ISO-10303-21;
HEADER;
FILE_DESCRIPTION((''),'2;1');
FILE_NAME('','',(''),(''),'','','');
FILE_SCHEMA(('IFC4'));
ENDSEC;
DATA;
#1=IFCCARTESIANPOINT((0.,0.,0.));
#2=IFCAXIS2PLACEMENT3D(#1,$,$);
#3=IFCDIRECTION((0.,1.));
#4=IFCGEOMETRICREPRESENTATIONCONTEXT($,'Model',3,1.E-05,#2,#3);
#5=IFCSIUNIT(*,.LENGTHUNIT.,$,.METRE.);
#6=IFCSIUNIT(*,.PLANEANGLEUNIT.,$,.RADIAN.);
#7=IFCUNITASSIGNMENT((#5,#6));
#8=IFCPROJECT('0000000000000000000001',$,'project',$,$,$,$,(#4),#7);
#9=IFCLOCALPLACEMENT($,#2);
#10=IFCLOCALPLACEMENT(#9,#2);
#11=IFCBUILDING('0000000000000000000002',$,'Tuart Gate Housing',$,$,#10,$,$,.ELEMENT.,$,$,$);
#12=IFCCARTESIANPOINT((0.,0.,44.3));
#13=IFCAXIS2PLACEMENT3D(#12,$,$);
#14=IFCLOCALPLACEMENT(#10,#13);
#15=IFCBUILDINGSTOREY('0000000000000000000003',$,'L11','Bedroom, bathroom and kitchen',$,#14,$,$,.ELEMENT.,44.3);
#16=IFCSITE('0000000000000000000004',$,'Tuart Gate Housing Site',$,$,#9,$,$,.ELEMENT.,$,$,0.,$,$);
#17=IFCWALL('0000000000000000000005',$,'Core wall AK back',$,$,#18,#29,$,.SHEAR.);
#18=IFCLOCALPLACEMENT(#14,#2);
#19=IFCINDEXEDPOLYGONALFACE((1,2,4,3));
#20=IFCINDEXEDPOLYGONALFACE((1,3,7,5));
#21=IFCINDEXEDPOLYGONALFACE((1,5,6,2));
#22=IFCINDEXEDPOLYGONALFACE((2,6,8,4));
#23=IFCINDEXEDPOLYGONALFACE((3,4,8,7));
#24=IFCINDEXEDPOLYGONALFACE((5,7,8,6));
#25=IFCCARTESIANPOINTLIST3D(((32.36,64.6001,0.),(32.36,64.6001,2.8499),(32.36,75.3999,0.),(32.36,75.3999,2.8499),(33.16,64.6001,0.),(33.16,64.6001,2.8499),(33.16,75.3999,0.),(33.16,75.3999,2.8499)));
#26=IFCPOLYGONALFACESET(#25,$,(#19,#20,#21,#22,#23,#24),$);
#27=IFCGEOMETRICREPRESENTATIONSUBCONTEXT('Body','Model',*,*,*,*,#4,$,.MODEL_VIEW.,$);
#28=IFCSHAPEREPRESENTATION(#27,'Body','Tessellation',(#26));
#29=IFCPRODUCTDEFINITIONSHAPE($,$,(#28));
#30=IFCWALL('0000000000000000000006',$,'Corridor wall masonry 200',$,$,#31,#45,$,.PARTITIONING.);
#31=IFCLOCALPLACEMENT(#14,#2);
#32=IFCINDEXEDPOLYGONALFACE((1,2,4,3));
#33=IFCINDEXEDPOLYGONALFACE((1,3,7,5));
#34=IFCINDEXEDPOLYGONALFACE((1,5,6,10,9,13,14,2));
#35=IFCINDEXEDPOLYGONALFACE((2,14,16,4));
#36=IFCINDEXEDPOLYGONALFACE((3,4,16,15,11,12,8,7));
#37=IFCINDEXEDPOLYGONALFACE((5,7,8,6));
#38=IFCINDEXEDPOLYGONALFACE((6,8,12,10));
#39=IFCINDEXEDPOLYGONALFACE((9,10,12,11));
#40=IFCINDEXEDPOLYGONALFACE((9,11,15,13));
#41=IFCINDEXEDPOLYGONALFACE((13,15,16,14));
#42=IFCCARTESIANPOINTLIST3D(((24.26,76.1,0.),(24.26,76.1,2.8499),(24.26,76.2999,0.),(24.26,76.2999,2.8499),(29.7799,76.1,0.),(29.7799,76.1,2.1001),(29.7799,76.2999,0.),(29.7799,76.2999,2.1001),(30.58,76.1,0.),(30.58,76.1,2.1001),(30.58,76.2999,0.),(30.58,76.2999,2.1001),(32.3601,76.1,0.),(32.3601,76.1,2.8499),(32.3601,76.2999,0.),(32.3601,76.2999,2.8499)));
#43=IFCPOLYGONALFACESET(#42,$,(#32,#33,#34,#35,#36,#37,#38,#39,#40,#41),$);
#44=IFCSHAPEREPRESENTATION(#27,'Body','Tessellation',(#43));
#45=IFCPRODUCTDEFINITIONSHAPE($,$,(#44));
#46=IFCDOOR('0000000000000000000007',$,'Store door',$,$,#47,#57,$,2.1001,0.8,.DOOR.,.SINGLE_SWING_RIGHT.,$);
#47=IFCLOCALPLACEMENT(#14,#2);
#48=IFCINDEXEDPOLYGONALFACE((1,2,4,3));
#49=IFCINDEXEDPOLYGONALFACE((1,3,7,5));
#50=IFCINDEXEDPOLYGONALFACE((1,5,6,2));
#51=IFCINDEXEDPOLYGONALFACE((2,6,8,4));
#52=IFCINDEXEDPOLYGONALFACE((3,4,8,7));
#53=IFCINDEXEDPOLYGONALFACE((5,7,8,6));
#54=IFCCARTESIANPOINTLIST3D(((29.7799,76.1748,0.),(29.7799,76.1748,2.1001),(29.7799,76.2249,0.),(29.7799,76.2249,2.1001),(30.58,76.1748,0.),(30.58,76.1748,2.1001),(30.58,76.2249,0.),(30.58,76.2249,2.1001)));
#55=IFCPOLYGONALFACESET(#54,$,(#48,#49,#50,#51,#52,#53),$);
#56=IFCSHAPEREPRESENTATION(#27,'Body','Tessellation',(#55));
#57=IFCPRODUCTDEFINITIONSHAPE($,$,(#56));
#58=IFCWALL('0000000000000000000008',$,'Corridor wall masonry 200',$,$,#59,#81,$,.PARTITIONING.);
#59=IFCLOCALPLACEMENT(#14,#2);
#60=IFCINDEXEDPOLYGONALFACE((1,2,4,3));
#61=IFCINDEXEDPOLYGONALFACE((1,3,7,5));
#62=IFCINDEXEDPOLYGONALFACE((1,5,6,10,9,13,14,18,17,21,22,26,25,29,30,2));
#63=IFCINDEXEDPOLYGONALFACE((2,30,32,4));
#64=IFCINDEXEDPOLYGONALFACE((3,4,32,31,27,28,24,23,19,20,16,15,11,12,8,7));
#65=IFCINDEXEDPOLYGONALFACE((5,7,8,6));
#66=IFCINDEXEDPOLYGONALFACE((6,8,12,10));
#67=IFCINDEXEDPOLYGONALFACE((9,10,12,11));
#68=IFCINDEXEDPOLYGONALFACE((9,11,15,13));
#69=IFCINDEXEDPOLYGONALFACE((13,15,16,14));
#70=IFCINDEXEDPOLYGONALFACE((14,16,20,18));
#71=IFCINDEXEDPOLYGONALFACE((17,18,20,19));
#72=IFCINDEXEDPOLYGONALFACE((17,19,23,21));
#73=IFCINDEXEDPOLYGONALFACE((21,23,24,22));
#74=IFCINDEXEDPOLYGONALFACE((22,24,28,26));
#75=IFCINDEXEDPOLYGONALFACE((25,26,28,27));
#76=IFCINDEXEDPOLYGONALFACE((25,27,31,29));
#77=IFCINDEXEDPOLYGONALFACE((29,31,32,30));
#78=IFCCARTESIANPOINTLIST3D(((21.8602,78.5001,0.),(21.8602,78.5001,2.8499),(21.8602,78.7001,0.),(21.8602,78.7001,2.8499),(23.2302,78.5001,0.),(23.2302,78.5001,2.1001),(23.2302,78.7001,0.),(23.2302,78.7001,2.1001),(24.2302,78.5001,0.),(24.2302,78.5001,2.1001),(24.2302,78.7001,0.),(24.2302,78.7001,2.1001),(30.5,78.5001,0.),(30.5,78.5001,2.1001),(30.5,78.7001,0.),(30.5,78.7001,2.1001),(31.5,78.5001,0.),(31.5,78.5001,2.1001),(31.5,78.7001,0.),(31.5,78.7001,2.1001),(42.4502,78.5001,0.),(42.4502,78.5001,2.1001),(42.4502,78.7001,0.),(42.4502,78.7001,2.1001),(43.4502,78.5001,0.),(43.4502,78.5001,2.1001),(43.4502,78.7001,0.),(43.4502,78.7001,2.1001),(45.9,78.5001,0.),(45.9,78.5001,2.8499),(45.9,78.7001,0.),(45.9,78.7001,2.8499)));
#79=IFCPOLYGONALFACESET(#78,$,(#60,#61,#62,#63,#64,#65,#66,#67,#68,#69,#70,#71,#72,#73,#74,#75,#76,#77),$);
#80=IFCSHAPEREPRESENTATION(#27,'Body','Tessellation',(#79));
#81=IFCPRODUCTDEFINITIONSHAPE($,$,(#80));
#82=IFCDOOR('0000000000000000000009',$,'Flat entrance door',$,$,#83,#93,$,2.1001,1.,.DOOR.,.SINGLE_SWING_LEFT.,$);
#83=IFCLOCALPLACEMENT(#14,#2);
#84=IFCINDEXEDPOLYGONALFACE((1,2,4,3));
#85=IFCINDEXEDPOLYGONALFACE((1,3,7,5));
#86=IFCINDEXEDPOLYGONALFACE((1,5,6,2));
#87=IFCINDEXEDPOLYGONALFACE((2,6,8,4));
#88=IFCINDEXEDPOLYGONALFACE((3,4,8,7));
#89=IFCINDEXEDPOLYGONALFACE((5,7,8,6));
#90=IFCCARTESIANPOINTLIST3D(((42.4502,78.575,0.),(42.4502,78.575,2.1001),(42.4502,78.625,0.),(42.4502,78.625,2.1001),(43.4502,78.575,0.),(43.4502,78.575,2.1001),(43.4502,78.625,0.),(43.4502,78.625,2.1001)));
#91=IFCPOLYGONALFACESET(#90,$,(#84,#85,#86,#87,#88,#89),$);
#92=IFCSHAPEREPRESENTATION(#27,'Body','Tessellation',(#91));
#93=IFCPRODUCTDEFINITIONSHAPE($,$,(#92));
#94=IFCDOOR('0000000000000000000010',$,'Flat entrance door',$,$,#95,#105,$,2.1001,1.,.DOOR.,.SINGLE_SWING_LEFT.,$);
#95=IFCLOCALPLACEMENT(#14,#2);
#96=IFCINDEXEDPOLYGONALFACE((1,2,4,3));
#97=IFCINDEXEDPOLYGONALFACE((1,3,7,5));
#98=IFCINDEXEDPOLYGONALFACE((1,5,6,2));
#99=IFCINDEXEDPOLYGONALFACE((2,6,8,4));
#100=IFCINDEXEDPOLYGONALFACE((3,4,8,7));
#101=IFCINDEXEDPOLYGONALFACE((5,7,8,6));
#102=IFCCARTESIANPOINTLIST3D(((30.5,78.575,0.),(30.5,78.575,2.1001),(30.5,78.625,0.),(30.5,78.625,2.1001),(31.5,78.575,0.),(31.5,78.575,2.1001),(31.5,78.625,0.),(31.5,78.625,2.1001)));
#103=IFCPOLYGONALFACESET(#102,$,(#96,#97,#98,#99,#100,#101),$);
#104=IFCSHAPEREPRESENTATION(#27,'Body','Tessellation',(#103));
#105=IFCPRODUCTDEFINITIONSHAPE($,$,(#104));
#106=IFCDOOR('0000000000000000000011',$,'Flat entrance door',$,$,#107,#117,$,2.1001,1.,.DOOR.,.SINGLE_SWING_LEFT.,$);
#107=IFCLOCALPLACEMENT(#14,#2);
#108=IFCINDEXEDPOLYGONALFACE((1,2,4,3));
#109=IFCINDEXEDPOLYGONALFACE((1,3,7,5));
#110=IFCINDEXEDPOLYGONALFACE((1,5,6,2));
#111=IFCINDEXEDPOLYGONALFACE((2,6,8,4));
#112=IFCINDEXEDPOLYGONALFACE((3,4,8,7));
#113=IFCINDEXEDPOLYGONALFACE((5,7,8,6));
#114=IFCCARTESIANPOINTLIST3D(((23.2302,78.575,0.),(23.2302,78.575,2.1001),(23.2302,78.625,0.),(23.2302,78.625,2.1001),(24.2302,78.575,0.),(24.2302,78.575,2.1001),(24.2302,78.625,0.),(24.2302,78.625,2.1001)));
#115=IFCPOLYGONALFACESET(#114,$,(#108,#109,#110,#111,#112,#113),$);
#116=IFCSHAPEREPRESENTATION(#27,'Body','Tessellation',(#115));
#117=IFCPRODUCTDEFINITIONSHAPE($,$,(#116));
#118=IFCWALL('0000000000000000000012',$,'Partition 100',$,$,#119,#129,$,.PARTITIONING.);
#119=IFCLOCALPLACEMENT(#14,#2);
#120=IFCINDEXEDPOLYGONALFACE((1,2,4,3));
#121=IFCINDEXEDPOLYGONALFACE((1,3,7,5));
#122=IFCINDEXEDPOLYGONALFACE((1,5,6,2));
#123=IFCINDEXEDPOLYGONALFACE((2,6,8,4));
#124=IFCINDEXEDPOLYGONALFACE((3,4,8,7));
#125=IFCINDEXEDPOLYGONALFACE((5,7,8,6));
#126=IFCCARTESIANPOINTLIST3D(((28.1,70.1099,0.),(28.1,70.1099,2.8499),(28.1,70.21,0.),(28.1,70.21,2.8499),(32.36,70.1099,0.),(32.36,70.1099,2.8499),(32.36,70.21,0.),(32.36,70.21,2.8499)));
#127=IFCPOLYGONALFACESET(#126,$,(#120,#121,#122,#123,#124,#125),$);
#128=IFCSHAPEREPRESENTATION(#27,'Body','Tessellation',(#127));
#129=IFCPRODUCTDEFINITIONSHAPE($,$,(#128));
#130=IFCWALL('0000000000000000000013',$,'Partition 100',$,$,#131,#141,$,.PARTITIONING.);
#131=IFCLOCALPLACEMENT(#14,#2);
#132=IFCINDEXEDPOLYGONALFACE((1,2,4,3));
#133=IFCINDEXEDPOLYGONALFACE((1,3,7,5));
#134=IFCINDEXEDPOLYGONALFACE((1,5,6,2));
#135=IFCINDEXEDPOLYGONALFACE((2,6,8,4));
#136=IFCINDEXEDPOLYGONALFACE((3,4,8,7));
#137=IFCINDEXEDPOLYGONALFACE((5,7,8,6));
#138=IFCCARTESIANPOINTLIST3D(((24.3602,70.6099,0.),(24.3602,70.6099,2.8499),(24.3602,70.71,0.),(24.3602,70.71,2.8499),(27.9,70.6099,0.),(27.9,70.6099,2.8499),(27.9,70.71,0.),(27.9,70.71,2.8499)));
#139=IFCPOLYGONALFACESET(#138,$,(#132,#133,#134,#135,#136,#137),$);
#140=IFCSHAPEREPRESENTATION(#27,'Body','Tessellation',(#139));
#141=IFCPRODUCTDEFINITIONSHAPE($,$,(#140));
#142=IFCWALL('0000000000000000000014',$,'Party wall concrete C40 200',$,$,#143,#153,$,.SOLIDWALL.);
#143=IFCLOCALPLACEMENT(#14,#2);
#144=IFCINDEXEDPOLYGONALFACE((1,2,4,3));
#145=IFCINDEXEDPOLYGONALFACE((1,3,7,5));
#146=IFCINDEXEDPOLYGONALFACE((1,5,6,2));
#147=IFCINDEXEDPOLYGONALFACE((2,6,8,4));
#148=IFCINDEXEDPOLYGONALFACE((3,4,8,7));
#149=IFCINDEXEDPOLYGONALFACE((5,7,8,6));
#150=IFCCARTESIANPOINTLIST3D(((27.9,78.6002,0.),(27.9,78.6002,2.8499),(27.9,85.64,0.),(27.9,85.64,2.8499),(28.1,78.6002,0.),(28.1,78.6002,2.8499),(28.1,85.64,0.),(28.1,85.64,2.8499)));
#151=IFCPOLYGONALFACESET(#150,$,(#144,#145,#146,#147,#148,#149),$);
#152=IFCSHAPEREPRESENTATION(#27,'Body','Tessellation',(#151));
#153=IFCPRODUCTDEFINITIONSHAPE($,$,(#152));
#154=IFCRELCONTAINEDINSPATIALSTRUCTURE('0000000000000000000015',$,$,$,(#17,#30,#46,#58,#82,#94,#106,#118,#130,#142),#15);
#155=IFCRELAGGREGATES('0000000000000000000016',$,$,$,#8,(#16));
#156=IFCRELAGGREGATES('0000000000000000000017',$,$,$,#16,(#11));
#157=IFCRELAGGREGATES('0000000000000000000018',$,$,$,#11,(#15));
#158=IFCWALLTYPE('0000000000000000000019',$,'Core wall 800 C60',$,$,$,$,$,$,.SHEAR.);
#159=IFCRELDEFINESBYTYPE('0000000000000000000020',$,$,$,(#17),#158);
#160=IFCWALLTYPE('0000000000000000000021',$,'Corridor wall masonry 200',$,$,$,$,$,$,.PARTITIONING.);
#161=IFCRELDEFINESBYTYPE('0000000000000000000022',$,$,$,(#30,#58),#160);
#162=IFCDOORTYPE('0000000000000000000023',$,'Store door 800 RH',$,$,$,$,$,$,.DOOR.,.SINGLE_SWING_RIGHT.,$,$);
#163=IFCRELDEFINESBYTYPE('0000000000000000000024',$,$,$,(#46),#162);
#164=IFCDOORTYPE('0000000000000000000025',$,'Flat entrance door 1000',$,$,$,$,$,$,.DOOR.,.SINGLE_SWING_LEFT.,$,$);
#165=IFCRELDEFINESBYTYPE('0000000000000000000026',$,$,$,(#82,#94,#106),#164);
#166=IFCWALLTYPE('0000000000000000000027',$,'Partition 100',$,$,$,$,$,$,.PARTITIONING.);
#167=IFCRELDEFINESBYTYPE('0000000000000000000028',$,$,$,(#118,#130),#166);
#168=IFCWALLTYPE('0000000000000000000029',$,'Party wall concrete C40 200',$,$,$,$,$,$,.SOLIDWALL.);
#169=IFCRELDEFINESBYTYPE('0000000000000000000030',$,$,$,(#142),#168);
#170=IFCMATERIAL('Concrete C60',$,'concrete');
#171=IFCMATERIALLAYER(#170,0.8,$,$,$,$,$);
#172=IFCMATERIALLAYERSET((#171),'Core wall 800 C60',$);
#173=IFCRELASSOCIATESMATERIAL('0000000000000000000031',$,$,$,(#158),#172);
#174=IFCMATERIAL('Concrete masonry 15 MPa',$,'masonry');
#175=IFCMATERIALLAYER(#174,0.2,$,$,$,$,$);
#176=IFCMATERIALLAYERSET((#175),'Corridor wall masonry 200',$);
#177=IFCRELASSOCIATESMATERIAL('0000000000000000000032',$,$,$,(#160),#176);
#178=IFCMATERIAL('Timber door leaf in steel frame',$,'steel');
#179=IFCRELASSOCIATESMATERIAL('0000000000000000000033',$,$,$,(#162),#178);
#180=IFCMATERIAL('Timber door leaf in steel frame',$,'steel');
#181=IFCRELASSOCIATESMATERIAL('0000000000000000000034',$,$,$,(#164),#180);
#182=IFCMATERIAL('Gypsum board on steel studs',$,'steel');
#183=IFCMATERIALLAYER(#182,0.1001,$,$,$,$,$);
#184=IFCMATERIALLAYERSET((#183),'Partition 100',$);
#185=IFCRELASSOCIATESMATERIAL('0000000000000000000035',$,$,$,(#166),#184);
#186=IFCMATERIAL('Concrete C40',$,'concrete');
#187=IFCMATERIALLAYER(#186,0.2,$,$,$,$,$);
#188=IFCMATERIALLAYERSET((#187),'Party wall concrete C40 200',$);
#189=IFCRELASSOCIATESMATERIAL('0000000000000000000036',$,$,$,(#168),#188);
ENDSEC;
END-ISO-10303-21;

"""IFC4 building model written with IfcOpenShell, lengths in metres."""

from ifc_helpers import new_model, si_unit, direction, frame, frame_2d, origin, place, context, subcontext, project, spatial, rectangle, extrude, material, layer, layer_set, type_object, element, fill, save


model = new_model("IFC4")

# Units and contexts
model_context = context("Model", 3, precision=1e-05, world=origin(), true_north=direction((0.0, 1.0)))
body_context = subcontext(model_context, "Body", "Model", "MODEL_VIEW")
ifc_project = project(units=[si_unit("LENGTHUNIT", "METRE"), si_unit("PLANEANGLEUNIT", "RADIAN")], contexts=[model_context])

# Site, building, storey
site_placement = place(None, origin())
site = spatial("IfcSite", under=ifc_project, at=site_placement, Name="Tuart Gate Housing Site", CompositionType="ELEMENT", RefElevation=0.0)
building_placement = place(site_placement, origin())
building = spatial("IfcBuilding", under=site, at=building_placement, Name="Tuart Gate Housing", CompositionType="ELEMENT")
storey_placement = place(building_placement, frame((0.0, 0.0, 44.3)))
storey = spatial("IfcBuildingStorey", under=building, at=storey_placement, Name="L11", Description="Bedroom, bathroom and kitchen", CompositionType="ELEMENT", Elevation=44.3)

# Wall
ifc_material_1 = material(Name="Concrete C60", Category="concrete")
ifc_layer_1 = layer(ifc_material_1, 0.8)
ifc_layer_set_1 = layer_set([ifc_layer_1], Name="Core wall 800 C60")
wall_type_1 = type_object("IfcWallType", Name="Core wall 800 C60", PredefinedType="SHEAR", material=ifc_layer_set_1)
wall_1_placement = place(storey_placement, frame((32.76, 75.3999, 0.0), z_axis=(0.0, 0.0, 1.0), x_axis=(0.0, -1.0, 0.0)))
element("IfcWall", 1, at=wall_1_placement, inside=storey, type_object=wall_type_1, Name="Core wall AK back", PredefinedType="SHEAR", context=body_context, shape_type="SweptSolid", body=[
    extrude(rectangle(XDim=10.7998, YDim=0.8, at=frame_2d((5.3999, 0.0))), origin(), (0.0, 0.0, 1.0), 2.8499),
])

# Wall, opening, door
ifc_material_2 = material(Name="Concrete masonry 15 MPa", Category="masonry")
ifc_layer_2 = layer(ifc_material_2, 0.2)
ifc_layer_set_2 = layer_set([ifc_layer_2], Name="Corridor wall masonry 200")
wall_type_2 = type_object("IfcWallType", Name="Corridor wall masonry 200", PredefinedType="PARTITIONING", material=ifc_layer_set_2)
wall_2_placement = place(storey_placement, frame((24.26, 76.2, 0.0), z_axis=(0.0, 0.0, 1.0), x_axis=(1.0, 0.0, 0.0)))
wall_2 = element("IfcWall", 2, at=wall_2_placement, inside=storey, type_object=wall_type_2, Name="Corridor wall masonry 200", PredefinedType="PARTITIONING", context=body_context, shape_type="SweptSolid", body=[
    extrude(rectangle(XDim=8.1001, YDim=0.2, at=frame_2d((4.05, 0.0))), origin(), (0.0, 0.0, 1.0), 2.8499),
])
opening_1_placement = place(wall_2_placement, frame((5.52, 0.0, 0.0)))
opening_1 = element("IfcOpeningElement", 3, at=opening_1_placement, cuts=wall_2, PredefinedType="OPENING", context=body_context, shape_type="SweptSolid", body=[
    extrude(rectangle(XDim=0.8, YDim=2.1001, at=frame_2d((0.3999, 1.05))), frame((0.0, 0.1099, 0.0), z_axis=(0.0, -1.0, 0.0), x_axis=(1.0, 0.0, 0.0)), (0.0, 0.0, 1.0), 0.22),
])
ifc_material_3 = material(Name="Timber door leaf in steel frame", Category="steel")
door_type_1 = type_object("IfcDoorType", Name="Store door 800 RH", OperationType="SINGLE_SWING_RIGHT", PredefinedType="DOOR", material=ifc_material_3)
door_1_placement = place(opening_1_placement, frame((0.8, 0.0, 0.0), z_axis=(0.0, 0.0, 1.0), x_axis=(-1.0, 0.0, 0.0)))
door_1 = element("IfcDoor", 4, at=door_1_placement, inside=storey, type_object=door_type_1, Name="Store door", OperationType="SINGLE_SWING_RIGHT", OverallHeight=2.1001, OverallWidth=0.8, PredefinedType="DOOR", context=body_context, shape_type="SweptSolid", body=[
    extrude(rectangle(XDim=0.8, YDim=2.1001, at=frame_2d((0.4001, 1.05))), frame((0.0, 0.0251, 0.0), z_axis=(0.0, -1.0, 0.0), x_axis=(1.0, 0.0, 0.0)), (0.0, 0.0, 1.0), 0.05),
])
fill(opening_1, door_1)

# Wall, openings, doors
wall_3_placement = place(storey_placement, frame((21.8601, 78.6001, 0.0), z_axis=(0.0, 0.0, 1.0), x_axis=(1.0, 0.0, 0.0)))
wall_3 = element("IfcWall", 5, at=wall_3_placement, inside=storey, type_object=wall_type_2, Name="Corridor wall masonry 200", PredefinedType="PARTITIONING", context=body_context, shape_type="SweptSolid", body=[
    extrude(rectangle(XDim=24.0398, YDim=0.2, at=frame_2d((12.02, 0.0))), origin(), (0.0, 0.0, 1.0), 2.8499),
])
opening_2_placement = place(wall_3_placement, frame((20.5901, 0.0, 0.0)))
opening_2 = element("IfcOpeningElement", 6, at=opening_2_placement, cuts=wall_3, PredefinedType="OPENING", context=body_context, shape_type="SweptSolid", body=[
    extrude(rectangle(XDim=1.0, YDim=2.1001, at=frame_2d((0.5, 1.05))), frame((0.0, 0.1099, 0.0), z_axis=(0.0, -1.0, 0.0), x_axis=(1.0, 0.0, 0.0)), (0.0, 0.0, 1.0), 0.22),
])
opening_3_placement = place(wall_3_placement, frame((8.6399, 0.0, 0.0)))
opening_3 = element("IfcOpeningElement", 7, at=opening_3_placement, cuts=wall_3, PredefinedType="OPENING", context=body_context, shape_type="SweptSolid", body=[
    extrude(rectangle(XDim=1.0, YDim=2.1001, at=frame_2d((0.5, 1.05))), frame((0.0, 0.1099, 0.0), z_axis=(0.0, -1.0, 0.0), x_axis=(1.0, 0.0, 0.0)), (0.0, 0.0, 1.0), 0.22),
])
opening_4_placement = place(wall_3_placement, frame((1.3701, 0.0, 0.0)))
opening_4 = element("IfcOpeningElement", 8, at=opening_4_placement, cuts=wall_3, PredefinedType="OPENING", context=body_context, shape_type="SweptSolid", body=[
    extrude(rectangle(XDim=1.0, YDim=2.1001, at=frame_2d((0.5, 1.05))), frame((0.0, 0.1099, 0.0), z_axis=(0.0, -1.0, 0.0), x_axis=(1.0, 0.0, 0.0)), (0.0, 0.0, 1.0), 0.22),
])
ifc_material_4 = material(Name="Timber door leaf in steel frame", Category="steel")
door_type_2 = type_object("IfcDoorType", Name="Flat entrance door 1000", OperationType="SINGLE_SWING_LEFT", PredefinedType="DOOR", material=ifc_material_4)
door_2_placement = place(opening_2_placement, origin())
door_2 = element("IfcDoor", 9, at=door_2_placement, inside=storey, type_object=door_type_2, Name="Flat entrance door", OperationType="SINGLE_SWING_LEFT", OverallHeight=2.1001, OverallWidth=1.0, PredefinedType="DOOR", context=body_context, shape_type="SweptSolid", body=[
    extrude(rectangle(XDim=1.0, YDim=2.1001, at=frame_2d((0.5, 1.05))), frame((0.0, 0.0249, 0.0), z_axis=(0.0, -1.0, 0.0), x_axis=(1.0, 0.0, 0.0)), (0.0, 0.0, 1.0), 0.05),
])
fill(opening_2, door_2)
door_3_placement = place(opening_3_placement, origin())
door_3 = element("IfcDoor", 10, at=door_3_placement, inside=storey, type_object=door_type_2, Name="Flat entrance door", OperationType="SINGLE_SWING_LEFT", OverallHeight=2.1001, OverallWidth=1.0, PredefinedType="DOOR", context=body_context, shape_type="SweptSolid", body=[
    extrude(rectangle(XDim=1.0, YDim=2.1001, at=frame_2d((0.5, 1.05))), frame((0.0, 0.0249, 0.0), z_axis=(0.0, -1.0, 0.0), x_axis=(1.0, 0.0, 0.0)), (0.0, 0.0, 1.0), 0.05),
])
fill(opening_3, door_3)
door_4_placement = place(opening_4_placement, origin())
door_4 = element("IfcDoor", 11, at=door_4_placement, inside=storey, type_object=door_type_2, Name="Flat entrance door", OperationType="SINGLE_SWING_LEFT", OverallHeight=2.1001, OverallWidth=1.0, PredefinedType="DOOR", context=body_context, shape_type="SweptSolid", body=[
    extrude(rectangle(XDim=1.0, YDim=2.1001, at=frame_2d((0.5, 1.05))), frame((0.0, 0.0249, 0.0), z_axis=(0.0, -1.0, 0.0), x_axis=(1.0, 0.0, 0.0)), (0.0, 0.0, 1.0), 0.05),
])
fill(opening_4, door_4)

# Walls
ifc_material_5 = material(Name="Gypsum board on steel studs", Category="steel")
ifc_layer_3 = layer(ifc_material_5, 0.1001)
ifc_layer_set_3 = layer_set([ifc_layer_3], Name="Partition 100")
wall_type_3 = type_object("IfcWallType", Name="Partition 100", PredefinedType="PARTITIONING", material=ifc_layer_set_3)
wall_4_placement = place(storey_placement, frame((28.1001, 70.1599, 0.0), z_axis=(0.0, 0.0, 1.0), x_axis=(1.0, 0.0, 0.0)))
element("IfcWall", 12, at=wall_4_placement, inside=storey, type_object=wall_type_3, Name="Partition 100", PredefinedType="PARTITIONING", context=body_context, shape_type="SweptSolid", body=[
    extrude(rectangle(XDim=4.26, YDim=0.1001, at=frame_2d((2.1299, 0.0))), origin(), (0.0, 0.0, 1.0), 2.8499),
])
wall_5_placement = place(storey_placement, frame((24.3601, 70.6599, 0.0), z_axis=(0.0, 0.0, 1.0), x_axis=(1.0, 0.0, 0.0)))
element("IfcWall", 13, at=wall_5_placement, inside=storey, type_object=wall_type_3, Name="Partition 100", PredefinedType="PARTITIONING", context=body_context, shape_type="SweptSolid", body=[
    extrude(rectangle(XDim=3.5398, YDim=0.1001, at=frame_2d((1.77, 0.0))), origin(), (0.0, 0.0, 1.0), 2.8499),
])
ifc_material_6 = material(Name="Concrete C40", Category="concrete")
ifc_layer_4 = layer(ifc_material_6, 0.2)
ifc_layer_set_4 = layer_set([ifc_layer_4], Name="Party wall concrete C40 200")
wall_type_4 = type_object("IfcWallType", Name="Party wall concrete C40 200", PredefinedType="SOLIDWALL", material=ifc_layer_set_4)
wall_6_placement = place(storey_placement, frame((28.0, 78.6001, 0.0), z_axis=(0.0, 0.0, 1.0), x_axis=(0.0, 1.0, 0.0)))
element("IfcWall", 14, at=wall_6_placement, inside=storey, type_object=wall_type_4, Name="Party wall concrete C40 200", PredefinedType="SOLIDWALL", context=body_context, shape_type="SweptSolid", body=[
    extrude(rectangle(XDim=7.0398, YDim=0.2, at=frame_2d((3.52, 0.0))), origin(), (0.0, 0.0, 1.0), 2.8499),
])

save(model, "model.ifc")
